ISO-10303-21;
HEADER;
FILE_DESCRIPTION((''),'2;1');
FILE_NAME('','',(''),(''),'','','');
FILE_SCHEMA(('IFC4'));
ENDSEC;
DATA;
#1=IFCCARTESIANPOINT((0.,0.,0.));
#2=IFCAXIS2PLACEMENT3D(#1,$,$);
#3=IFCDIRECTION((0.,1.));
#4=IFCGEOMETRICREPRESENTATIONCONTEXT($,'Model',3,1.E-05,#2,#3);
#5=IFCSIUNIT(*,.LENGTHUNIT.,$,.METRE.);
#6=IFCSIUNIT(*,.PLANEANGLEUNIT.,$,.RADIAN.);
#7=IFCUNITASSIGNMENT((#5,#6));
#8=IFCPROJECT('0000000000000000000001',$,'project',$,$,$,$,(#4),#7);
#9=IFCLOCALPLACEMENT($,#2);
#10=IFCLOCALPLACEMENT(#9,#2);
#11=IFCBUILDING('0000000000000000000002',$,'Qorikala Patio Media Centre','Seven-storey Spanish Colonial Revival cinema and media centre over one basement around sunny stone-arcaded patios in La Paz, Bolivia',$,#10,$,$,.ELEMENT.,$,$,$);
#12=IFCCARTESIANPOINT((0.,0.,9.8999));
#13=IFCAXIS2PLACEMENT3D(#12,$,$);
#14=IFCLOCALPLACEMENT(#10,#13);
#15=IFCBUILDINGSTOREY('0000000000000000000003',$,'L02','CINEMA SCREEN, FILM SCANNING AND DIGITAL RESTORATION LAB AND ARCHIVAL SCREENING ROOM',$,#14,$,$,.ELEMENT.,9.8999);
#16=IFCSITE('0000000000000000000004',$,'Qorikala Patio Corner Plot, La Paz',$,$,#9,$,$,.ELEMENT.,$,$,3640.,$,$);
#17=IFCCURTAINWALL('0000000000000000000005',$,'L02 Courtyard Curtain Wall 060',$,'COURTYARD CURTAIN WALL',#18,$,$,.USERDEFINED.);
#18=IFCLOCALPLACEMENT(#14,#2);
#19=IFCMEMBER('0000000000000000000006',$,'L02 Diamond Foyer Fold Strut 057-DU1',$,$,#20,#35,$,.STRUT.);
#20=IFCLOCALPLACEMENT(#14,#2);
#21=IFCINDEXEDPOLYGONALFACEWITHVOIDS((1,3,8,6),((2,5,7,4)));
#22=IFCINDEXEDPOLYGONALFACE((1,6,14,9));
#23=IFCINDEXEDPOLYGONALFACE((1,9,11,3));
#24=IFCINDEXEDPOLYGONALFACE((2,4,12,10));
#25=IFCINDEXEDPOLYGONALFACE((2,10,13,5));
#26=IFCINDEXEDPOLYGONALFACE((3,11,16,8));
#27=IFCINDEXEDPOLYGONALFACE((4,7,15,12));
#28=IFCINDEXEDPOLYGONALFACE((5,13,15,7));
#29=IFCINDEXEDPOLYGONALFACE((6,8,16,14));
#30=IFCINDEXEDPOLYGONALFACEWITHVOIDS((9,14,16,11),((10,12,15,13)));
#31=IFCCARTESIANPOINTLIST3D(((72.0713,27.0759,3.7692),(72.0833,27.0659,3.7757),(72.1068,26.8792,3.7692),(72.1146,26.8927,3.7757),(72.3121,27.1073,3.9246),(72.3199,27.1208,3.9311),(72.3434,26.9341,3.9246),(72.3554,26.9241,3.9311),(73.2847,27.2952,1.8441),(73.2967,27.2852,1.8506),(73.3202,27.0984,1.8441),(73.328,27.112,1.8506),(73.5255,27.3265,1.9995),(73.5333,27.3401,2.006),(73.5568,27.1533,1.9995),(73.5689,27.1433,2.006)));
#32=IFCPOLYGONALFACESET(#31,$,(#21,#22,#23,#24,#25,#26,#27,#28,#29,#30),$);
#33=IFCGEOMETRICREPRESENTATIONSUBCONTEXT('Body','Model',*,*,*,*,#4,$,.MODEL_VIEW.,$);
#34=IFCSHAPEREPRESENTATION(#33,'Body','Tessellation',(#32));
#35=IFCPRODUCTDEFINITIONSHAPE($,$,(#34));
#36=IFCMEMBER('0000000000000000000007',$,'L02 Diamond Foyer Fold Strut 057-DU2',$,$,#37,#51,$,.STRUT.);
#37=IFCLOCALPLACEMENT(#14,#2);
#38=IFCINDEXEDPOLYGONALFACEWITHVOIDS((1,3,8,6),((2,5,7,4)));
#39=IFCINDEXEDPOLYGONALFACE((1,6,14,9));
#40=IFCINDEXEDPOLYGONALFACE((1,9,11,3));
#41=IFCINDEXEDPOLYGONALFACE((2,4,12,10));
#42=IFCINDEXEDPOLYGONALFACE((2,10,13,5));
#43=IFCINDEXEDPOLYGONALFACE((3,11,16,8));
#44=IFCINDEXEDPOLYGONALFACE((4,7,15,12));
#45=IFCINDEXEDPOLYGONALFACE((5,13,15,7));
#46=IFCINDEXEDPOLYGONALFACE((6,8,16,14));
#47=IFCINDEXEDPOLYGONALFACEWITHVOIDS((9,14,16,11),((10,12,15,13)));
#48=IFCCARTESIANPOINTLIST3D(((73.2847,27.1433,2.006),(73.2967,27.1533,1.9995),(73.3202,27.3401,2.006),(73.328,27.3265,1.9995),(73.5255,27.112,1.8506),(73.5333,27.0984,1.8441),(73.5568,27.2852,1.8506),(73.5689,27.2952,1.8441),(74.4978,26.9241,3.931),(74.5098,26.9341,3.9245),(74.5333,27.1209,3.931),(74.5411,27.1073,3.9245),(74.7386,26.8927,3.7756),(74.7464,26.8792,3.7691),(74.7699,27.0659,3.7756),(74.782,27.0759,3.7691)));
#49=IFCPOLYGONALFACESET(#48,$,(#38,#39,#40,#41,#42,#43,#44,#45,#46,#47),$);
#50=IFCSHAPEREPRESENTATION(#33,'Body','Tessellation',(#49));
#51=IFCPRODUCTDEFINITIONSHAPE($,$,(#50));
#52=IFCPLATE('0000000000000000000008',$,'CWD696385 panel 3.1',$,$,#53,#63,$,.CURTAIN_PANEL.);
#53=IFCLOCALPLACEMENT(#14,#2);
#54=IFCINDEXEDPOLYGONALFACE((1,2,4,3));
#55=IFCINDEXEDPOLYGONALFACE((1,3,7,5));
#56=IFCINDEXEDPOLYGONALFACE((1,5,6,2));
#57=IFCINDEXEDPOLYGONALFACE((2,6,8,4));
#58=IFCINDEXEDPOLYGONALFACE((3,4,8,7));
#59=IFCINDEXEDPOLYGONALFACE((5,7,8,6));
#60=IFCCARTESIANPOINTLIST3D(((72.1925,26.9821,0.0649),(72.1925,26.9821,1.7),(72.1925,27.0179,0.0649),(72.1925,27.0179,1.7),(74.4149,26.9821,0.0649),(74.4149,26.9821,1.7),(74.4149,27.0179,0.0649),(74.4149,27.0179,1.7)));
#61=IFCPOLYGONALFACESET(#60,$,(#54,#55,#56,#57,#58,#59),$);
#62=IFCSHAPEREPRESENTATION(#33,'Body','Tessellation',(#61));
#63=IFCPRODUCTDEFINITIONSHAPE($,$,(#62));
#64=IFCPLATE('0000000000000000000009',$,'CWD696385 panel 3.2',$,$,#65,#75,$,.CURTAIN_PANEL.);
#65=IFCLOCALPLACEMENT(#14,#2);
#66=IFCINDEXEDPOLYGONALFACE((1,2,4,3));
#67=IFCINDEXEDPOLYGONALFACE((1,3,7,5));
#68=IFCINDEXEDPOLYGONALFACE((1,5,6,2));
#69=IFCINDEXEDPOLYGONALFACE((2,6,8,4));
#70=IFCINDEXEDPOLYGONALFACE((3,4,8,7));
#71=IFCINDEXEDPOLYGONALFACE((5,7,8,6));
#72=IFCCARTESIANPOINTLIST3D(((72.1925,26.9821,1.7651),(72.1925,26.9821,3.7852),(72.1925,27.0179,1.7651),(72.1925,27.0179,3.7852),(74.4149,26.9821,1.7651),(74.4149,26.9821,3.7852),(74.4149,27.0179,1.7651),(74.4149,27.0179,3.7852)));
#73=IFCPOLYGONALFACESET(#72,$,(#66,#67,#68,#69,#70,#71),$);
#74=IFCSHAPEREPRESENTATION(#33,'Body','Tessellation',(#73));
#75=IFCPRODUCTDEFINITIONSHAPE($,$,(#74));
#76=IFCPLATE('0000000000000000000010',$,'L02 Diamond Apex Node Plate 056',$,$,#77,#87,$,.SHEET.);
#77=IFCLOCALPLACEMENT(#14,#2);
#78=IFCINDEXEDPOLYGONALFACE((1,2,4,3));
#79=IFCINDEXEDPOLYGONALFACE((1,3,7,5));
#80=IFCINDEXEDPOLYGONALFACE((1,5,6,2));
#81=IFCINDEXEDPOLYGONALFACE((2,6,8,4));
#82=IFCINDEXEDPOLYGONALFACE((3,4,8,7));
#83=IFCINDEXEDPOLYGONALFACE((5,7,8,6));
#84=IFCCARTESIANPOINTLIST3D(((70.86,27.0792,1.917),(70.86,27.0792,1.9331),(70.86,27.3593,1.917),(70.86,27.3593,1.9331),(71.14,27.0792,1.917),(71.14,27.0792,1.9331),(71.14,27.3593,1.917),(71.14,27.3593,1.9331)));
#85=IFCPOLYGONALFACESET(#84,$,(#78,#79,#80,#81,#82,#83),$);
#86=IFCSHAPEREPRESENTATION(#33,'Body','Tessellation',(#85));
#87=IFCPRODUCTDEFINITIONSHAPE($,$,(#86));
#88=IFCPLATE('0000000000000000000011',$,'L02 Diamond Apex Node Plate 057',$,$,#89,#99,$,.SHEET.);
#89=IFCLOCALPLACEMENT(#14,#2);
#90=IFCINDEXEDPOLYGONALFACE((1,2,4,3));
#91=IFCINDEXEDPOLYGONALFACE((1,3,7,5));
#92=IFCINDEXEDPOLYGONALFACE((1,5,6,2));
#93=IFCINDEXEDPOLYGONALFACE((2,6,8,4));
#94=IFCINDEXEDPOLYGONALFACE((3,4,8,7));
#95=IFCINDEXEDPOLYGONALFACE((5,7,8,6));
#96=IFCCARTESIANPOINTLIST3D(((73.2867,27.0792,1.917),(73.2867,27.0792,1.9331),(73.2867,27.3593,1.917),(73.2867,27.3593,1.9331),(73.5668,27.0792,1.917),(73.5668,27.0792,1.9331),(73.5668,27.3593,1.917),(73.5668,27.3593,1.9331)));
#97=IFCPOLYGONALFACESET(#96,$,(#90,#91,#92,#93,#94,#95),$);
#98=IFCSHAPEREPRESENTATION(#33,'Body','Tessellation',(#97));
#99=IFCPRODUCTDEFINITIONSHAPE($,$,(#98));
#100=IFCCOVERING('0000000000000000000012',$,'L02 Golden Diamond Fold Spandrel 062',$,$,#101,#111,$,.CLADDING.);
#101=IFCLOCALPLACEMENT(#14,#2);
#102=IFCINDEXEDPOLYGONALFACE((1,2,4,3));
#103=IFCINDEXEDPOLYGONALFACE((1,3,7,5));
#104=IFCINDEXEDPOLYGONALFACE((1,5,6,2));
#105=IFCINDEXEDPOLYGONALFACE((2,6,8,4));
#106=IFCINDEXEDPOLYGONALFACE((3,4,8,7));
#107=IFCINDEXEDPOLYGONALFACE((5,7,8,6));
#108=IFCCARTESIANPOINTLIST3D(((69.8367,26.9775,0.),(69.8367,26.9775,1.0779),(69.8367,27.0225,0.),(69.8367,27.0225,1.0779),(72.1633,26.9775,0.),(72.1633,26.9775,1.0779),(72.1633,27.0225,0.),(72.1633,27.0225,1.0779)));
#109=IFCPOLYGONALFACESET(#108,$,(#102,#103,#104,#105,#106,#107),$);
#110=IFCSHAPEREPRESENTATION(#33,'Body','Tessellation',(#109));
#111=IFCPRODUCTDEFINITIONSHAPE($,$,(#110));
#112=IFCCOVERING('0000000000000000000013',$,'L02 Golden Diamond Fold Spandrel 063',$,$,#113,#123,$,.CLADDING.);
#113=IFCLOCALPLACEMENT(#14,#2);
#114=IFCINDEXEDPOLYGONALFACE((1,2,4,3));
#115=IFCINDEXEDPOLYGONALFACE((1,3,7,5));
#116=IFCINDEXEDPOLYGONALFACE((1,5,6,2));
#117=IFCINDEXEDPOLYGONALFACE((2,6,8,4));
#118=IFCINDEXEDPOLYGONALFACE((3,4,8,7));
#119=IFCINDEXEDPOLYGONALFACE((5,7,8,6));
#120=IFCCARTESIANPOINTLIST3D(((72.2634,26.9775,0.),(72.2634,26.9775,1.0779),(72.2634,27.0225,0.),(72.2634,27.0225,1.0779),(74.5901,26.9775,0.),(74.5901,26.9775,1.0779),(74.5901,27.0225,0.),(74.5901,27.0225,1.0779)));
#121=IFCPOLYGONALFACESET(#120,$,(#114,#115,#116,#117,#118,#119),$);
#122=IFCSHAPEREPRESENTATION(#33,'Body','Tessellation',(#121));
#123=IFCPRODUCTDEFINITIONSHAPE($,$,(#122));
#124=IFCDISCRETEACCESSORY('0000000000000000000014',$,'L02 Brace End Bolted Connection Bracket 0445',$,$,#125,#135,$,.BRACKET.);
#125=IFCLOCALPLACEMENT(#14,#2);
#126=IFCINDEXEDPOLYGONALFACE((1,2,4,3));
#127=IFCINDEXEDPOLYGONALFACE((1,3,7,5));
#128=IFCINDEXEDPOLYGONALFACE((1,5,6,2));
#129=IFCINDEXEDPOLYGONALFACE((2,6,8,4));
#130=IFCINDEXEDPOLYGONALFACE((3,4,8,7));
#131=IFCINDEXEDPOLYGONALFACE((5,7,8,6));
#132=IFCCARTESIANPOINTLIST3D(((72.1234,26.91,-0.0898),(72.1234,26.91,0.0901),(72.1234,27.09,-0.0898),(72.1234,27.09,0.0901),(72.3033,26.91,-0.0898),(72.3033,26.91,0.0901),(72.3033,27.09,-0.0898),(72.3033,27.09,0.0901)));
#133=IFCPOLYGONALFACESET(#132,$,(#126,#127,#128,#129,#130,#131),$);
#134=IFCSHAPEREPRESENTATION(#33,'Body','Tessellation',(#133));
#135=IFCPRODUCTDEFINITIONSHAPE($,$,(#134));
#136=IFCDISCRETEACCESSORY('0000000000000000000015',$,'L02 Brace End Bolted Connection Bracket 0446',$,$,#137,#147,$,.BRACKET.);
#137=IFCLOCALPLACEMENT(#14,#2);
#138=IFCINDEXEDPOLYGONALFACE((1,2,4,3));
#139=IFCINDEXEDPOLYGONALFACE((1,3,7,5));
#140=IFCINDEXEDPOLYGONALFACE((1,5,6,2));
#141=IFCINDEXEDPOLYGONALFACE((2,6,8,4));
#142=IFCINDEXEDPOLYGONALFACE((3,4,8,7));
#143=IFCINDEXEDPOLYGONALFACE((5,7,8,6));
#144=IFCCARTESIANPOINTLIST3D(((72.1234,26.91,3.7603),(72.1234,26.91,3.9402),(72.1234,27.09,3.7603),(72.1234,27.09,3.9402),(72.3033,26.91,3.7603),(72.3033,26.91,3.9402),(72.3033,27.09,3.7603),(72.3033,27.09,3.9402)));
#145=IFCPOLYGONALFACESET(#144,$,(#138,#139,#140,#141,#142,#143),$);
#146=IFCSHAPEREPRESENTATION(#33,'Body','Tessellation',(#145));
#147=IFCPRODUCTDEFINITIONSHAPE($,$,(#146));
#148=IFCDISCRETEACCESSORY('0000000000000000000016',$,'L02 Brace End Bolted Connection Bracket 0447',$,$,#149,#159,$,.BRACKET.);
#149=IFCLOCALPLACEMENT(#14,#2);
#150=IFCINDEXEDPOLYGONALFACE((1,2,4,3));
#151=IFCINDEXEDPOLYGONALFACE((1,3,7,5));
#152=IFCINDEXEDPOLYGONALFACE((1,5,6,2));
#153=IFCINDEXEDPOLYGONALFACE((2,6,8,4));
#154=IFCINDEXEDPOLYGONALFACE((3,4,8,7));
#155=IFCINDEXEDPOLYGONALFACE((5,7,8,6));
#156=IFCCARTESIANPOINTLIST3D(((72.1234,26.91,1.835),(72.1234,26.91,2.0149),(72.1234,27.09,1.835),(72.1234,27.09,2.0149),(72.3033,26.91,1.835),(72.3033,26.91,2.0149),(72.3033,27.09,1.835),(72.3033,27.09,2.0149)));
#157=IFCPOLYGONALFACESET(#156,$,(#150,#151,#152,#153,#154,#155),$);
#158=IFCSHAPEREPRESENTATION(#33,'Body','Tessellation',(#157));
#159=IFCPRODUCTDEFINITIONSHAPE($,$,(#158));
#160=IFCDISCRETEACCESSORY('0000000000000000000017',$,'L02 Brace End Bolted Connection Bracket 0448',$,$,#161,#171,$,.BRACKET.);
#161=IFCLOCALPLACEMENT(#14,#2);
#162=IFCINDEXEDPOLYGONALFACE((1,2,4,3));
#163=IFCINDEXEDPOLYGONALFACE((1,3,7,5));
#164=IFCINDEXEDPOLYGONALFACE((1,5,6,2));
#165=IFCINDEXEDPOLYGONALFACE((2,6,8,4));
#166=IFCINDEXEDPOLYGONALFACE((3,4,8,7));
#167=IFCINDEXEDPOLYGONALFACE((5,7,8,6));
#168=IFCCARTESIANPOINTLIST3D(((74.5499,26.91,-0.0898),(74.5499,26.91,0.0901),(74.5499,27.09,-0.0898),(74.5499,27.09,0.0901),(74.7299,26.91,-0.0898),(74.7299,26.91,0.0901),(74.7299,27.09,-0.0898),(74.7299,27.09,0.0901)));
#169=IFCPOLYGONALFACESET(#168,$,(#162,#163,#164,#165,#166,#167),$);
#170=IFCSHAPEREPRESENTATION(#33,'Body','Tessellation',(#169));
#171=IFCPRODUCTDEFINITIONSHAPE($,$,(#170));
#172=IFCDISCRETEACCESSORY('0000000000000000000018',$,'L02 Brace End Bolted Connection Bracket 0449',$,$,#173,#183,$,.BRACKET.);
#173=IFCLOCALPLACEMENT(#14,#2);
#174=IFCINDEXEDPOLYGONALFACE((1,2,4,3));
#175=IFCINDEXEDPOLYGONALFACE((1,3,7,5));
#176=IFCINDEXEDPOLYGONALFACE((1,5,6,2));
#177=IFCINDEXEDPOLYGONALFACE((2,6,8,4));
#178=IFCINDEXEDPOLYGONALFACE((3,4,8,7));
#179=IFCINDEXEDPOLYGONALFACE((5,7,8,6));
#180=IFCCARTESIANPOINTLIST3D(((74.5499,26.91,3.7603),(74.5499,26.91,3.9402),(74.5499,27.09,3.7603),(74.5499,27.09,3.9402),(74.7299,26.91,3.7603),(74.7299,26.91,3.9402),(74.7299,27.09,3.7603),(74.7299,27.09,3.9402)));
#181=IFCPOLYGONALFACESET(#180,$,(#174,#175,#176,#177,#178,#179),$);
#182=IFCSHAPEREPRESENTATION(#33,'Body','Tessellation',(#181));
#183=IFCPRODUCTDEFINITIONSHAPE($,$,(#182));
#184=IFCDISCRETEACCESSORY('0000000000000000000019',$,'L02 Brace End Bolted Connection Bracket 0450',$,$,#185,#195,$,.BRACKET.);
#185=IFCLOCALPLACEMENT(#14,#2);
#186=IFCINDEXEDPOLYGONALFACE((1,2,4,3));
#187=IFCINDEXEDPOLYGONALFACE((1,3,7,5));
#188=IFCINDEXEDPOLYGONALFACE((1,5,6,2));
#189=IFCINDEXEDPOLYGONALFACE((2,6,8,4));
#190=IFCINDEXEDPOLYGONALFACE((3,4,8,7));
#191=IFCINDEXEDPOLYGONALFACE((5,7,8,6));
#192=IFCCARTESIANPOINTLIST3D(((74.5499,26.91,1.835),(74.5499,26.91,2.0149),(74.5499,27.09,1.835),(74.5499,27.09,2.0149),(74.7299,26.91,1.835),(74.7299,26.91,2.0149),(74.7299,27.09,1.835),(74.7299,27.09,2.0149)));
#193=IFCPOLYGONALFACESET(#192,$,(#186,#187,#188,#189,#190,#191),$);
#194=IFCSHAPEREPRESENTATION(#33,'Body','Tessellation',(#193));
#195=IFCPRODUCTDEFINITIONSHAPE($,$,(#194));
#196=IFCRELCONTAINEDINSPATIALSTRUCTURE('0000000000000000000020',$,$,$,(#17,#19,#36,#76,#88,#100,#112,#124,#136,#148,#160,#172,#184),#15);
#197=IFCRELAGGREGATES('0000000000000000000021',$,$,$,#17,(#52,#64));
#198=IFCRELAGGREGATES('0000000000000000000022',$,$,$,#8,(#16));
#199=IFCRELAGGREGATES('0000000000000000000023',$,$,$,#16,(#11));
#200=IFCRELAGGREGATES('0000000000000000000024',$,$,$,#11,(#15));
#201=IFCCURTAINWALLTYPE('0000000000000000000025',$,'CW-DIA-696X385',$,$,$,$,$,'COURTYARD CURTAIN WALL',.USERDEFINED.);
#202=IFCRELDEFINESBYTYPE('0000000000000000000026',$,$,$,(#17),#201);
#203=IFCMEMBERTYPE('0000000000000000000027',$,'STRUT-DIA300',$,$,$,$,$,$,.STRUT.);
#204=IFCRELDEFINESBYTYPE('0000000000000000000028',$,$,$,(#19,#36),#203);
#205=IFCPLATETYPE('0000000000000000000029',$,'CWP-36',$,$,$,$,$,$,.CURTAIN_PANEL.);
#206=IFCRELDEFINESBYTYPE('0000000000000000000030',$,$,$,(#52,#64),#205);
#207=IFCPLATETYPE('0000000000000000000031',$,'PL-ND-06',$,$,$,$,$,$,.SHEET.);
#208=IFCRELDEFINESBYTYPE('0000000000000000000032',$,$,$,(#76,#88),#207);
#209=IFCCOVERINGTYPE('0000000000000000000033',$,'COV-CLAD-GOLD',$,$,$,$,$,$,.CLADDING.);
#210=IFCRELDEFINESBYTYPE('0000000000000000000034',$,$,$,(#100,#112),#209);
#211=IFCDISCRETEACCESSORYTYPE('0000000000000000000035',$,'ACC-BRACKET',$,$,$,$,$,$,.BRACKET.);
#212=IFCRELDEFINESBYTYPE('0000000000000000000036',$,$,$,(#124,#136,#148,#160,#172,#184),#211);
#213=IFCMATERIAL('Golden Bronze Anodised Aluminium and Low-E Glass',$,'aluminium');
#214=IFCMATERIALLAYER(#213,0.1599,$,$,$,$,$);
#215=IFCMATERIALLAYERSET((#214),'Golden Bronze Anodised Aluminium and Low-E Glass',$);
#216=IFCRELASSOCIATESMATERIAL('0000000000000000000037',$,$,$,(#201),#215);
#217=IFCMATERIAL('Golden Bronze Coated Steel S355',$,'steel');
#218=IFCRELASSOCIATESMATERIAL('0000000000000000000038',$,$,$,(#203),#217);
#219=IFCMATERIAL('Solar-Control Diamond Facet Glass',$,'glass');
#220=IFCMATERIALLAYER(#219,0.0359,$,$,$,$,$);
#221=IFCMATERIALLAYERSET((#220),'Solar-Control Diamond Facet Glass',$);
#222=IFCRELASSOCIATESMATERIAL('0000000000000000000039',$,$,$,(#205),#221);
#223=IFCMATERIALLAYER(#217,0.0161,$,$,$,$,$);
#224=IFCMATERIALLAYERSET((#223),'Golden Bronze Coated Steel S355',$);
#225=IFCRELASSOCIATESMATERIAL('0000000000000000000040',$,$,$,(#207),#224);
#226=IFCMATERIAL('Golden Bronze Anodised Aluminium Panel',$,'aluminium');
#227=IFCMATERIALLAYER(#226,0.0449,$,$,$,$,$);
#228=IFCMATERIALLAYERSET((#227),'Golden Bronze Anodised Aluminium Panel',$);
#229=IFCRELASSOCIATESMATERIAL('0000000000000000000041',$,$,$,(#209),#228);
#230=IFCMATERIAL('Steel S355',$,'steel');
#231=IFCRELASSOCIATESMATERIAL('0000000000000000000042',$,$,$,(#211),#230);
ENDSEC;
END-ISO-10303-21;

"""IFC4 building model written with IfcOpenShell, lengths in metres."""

from ifc_helpers import new_model, si_unit, direction, frame, origin, origin_2d, place, context, subcontext, project, spatial, rectangle, hollow_rectangle, extrude, material, layer, layer_set, material_profile, profile_set, type_object, element, aggregate, save


model = new_model("IFC4")

# Units and contexts
model_context = context("Model", 3, precision=1e-05, world=origin(), true_north=direction((0.0, 1.0)))
body_context = subcontext(model_context, "Body", "Model", "MODEL_VIEW")
ifc_project = project(units=[si_unit("LENGTHUNIT", "METRE"), si_unit("PLANEANGLEUNIT", "RADIAN")], contexts=[model_context])

# Site, building, storey
site_placement = place(None, origin())
site = spatial("IfcSite", under=ifc_project, at=site_placement, Name="Qorikala Patio Corner Plot, La Paz", CompositionType="ELEMENT", RefElevation=3640.0)
building_placement = place(site_placement, origin())
building = spatial("IfcBuilding", under=site, at=building_placement, Name="Qorikala Patio Media Centre", Description="Seven-storey Spanish Colonial Revival cinema and media centre over one basement around sunny stone-arcaded patios in La Paz, Bolivia", CompositionType="ELEMENT")
storey_placement = place(building_placement, frame((0.0, 0.0, 9.8999)))
storey = spatial("IfcBuildingStorey", under=building, at=storey_placement, Name="L02", Description="CINEMA SCREEN, FILM SCANNING AND DIGITAL RESTORATION LAB AND ARCHIVAL SCREENING ROOM", CompositionType="ELEMENT", Elevation=9.8999)

# Shared definitions
ifc_material_1 = material(Name="Golden Bronze Coated Steel S355", Category="steel")

# Curtain wall
ifc_material_2 = material(Name="Golden Bronze Anodised Aluminium and Low-E Glass", Category="aluminium")
ifc_layer_1 = layer(ifc_material_2, 0.1599)
ifc_layer_set_1 = layer_set([ifc_layer_1], Name="Golden Bronze Anodised Aluminium and Low-E Glass")
curtain_wall_type = type_object("IfcCurtainWallType", Name="CW-DIA-696X385", ElementType="COURTYARD CURTAIN WALL", PredefinedType="USERDEFINED", material=ifc_layer_set_1)
curtain_wall_placement = place(storey_placement, origin())
curtain_wall = element("IfcCurtainWall", 1, at=curtain_wall_placement, inside=storey, type_object=curtain_wall_type, Name="L02 Courtyard Curtain Wall 060", ObjectType="COURTYARD CURTAIN WALL", PredefinedType="USERDEFINED")

# Members
ifc_material_profile_1 = material_profile(ifc_material_1, hollow_rectangle(XDim=0.2, YDim=0.3, WallThickness=0.012, at=origin_2d()), Name="HSS300X200X12")
ifc_profile_set_1 = profile_set([ifc_material_profile_1], Name="Golden Bronze Coated Steel S355")
member_type_1 = type_object("IfcMemberType", Name="STRUT-DIA300", PredefinedType="STRUT", material=ifc_profile_set_1)
member_1_placement = place(storey_placement, frame((73.4268, 27.2192, 1.925), z_axis=(-0.530768, -0.095901, 0.842074), x_axis=(0.177805, -0.984066, 0.0)))
element("IfcMember", 2, at=member_1_placement, inside=storey, type_object=member_type_1, Name="L02 Diamond Foyer Fold Strut 057-DU1", PredefinedType="STRUT", context=body_context, shape_type="SweptSolid", body=[
    extrude(hollow_rectangle(XDim=0.2, YDim=0.3, WallThickness=0.012, at=origin_2d()), origin(), (0.0, 0.0, 1.0), 2.2861),
])
member_2_placement = place(storey_placement, frame((73.4268, 27.2192, 1.925), z_axis=(0.530691, -0.095907, 0.842121), x_axis=(0.17784, 0.984059, 0.0)))
element("IfcMember", 3, at=member_2_placement, inside=storey, type_object=member_type_1, Name="L02 Diamond Foyer Fold Strut 057-DU2", PredefinedType="STRUT", context=body_context, shape_type="SweptSolid", body=[
    extrude(hollow_rectangle(XDim=0.2, YDim=0.3, WallThickness=0.012, at=origin_2d()), origin(), (0.0, 0.0, 1.0), 2.2859),
])

# Plates
ifc_material_3 = material(Name="Solar-Control Diamond Facet Glass", Category="glass")
ifc_layer_2 = layer(ifc_material_3, 0.0359)
ifc_layer_set_2 = layer_set([ifc_layer_2], Name="Solar-Control Diamond Facet Glass")
plate_type_1 = type_object("IfcPlateType", Name="CWP-36", PredefinedType="CURTAIN_PANEL", material=ifc_layer_set_2)
plate_1_placement = place(storey_placement, frame((73.3037, 27.0, 0.0649), z_axis=(0.0, 0.0, 1.0), x_axis=(1.0, 0.0, 0.0)))
plate_1 = element("IfcPlate", 4, at=plate_1_placement, type_object=plate_type_1, Name="CWD696385 panel 3.1", PredefinedType="CURTAIN_PANEL", context=body_context, shape_type="SweptSolid", body=[
    extrude(rectangle(XDim=2.2224, YDim=0.0359, at=origin_2d()), origin(), (0.0, 0.0, 1.0), 1.635),
])
plate_2_placement = place(storey_placement, frame((73.3037, 27.0, 1.7651), z_axis=(0.0, 0.0, 1.0), x_axis=(1.0, 0.0, 0.0)))
plate_2 = element("IfcPlate", 5, at=plate_2_placement, type_object=plate_type_1, Name="CWD696385 panel 3.2", PredefinedType="CURTAIN_PANEL", context=body_context, shape_type="SweptSolid", body=[
    extrude(rectangle(XDim=2.2224, YDim=0.0359, at=origin_2d()), origin(), (0.0, 0.0, 1.0), 2.02),
])
aggregate(curtain_wall, [plate_1, plate_2])

# Plates
ifc_layer_3 = layer(ifc_material_1, 0.0161)
ifc_layer_set_3 = layer_set([ifc_layer_3], Name="Golden Bronze Coated Steel S355")
plate_type_2 = type_object("IfcPlateType", Name="PL-ND-06", PredefinedType="SHEET", material=ifc_layer_set_3)
for number, where, z_axis, x_axis, name in (
    (6, (71.0, 27.2192, 1.917), (0.0, 0.0, 1.0), (1.0, 0.0, 0.0), "L02 Diamond Apex Node Plate 056"),
    (7, (73.4268, 27.2192, 1.917), (0.0, 0.0, 1.0), (1.0, 0.0, 0.0), "L02 Diamond Apex Node Plate 057"),
):
    element("IfcPlate", number, at=place(storey_placement, frame(where, z_axis=z_axis, x_axis=x_axis)), inside=storey, type_object=plate_type_2, Name=name, PredefinedType="SHEET", context=body_context, shape_type="SweptSolid", body=[
        extrude(rectangle(XDim=0.28, YDim=0.28, at=origin_2d()), origin(), (0.0, 0.0, 1.0), 0.0161),
    ])

# Coverings
ifc_material_4 = material(Name="Golden Bronze Anodised Aluminium Panel", Category="aluminium")
ifc_layer_4 = layer(ifc_material_4, 0.0449)
ifc_layer_set_4 = layer_set([ifc_layer_4], Name="Golden Bronze Anodised Aluminium Panel")
covering_type = type_object("IfcCoveringType", Name="COV-CLAD-GOLD", PredefinedType="CLADDING", material=ifc_layer_set_4)
for number, where, z_axis, x_axis, name in (
    (8, (71.0, 27.0, 0.0), (0.0, 0.0, 1.0), (1.0, 0.0, 0.0), "L02 Golden Diamond Fold Spandrel 062"),
    (9, (73.4268, 27.0, 0.0), (0.0, 0.0, 1.0), (1.0, 0.0, 0.0), "L02 Golden Diamond Fold Spandrel 063"),
):
    element("IfcCovering", number, at=place(storey_placement, frame(where, z_axis=z_axis, x_axis=x_axis)), inside=storey, type_object=covering_type, Name=name, PredefinedType="CLADDING", context=body_context, shape_type="SweptSolid", body=[
        extrude(rectangle(XDim=2.3267, YDim=0.0449, at=origin_2d()), origin(), (0.0, 0.0, 1.0), 1.0779),
    ])

# Discrete accessories
ifc_material_5 = material(Name="Steel S355", Category="steel")
discrete_accessory_type = type_object("IfcDiscreteAccessoryType", Name="ACC-BRACKET", PredefinedType="BRACKET", material=ifc_material_5)
for number, where, z_axis, x_axis, name in (
    (10, (72.2134, 27.0, -0.0898), (0.0, 0.0, 1.0), (1.0, 0.0, 0.0), "L02 Brace End Bolted Connection Bracket 0445"),
    (11, (72.2134, 27.0, 3.7603), (0.0, 0.0, 1.0), (1.0, 0.0, 0.0), "L02 Brace End Bolted Connection Bracket 0446"),
    (12, (72.2134, 27.0, 1.835), (0.0, 0.0, 1.0), (1.0, 0.0, 0.0), "L02 Brace End Bolted Connection Bracket 0447"),
    (13, (74.6399, 27.0, -0.0898), (0.0, 0.0, 1.0), (1.0, 0.0, 0.0), "L02 Brace End Bolted Connection Bracket 0448"),
    (14, (74.6399, 27.0, 3.7603), (0.0, 0.0, 1.0), (1.0, 0.0, 0.0), "L02 Brace End Bolted Connection Bracket 0449"),
    (15, (74.6399, 27.0, 1.835), (0.0, 0.0, 1.0), (1.0, 0.0, 0.0), "L02 Brace End Bolted Connection Bracket 0450"),
):
    element("IfcDiscreteAccessory", number, at=place(storey_placement, frame(where, z_axis=z_axis, x_axis=x_axis)), inside=storey, type_object=discrete_accessory_type, Name=name, PredefinedType="BRACKET", context=body_context, shape_type="SweptSolid", body=[
        extrude(rectangle(XDim=0.1799, YDim=0.1799, at=origin_2d()), origin(), (0.0, 0.0, 1.0), 0.1799),
    ])

save(model, "model.ifc")
